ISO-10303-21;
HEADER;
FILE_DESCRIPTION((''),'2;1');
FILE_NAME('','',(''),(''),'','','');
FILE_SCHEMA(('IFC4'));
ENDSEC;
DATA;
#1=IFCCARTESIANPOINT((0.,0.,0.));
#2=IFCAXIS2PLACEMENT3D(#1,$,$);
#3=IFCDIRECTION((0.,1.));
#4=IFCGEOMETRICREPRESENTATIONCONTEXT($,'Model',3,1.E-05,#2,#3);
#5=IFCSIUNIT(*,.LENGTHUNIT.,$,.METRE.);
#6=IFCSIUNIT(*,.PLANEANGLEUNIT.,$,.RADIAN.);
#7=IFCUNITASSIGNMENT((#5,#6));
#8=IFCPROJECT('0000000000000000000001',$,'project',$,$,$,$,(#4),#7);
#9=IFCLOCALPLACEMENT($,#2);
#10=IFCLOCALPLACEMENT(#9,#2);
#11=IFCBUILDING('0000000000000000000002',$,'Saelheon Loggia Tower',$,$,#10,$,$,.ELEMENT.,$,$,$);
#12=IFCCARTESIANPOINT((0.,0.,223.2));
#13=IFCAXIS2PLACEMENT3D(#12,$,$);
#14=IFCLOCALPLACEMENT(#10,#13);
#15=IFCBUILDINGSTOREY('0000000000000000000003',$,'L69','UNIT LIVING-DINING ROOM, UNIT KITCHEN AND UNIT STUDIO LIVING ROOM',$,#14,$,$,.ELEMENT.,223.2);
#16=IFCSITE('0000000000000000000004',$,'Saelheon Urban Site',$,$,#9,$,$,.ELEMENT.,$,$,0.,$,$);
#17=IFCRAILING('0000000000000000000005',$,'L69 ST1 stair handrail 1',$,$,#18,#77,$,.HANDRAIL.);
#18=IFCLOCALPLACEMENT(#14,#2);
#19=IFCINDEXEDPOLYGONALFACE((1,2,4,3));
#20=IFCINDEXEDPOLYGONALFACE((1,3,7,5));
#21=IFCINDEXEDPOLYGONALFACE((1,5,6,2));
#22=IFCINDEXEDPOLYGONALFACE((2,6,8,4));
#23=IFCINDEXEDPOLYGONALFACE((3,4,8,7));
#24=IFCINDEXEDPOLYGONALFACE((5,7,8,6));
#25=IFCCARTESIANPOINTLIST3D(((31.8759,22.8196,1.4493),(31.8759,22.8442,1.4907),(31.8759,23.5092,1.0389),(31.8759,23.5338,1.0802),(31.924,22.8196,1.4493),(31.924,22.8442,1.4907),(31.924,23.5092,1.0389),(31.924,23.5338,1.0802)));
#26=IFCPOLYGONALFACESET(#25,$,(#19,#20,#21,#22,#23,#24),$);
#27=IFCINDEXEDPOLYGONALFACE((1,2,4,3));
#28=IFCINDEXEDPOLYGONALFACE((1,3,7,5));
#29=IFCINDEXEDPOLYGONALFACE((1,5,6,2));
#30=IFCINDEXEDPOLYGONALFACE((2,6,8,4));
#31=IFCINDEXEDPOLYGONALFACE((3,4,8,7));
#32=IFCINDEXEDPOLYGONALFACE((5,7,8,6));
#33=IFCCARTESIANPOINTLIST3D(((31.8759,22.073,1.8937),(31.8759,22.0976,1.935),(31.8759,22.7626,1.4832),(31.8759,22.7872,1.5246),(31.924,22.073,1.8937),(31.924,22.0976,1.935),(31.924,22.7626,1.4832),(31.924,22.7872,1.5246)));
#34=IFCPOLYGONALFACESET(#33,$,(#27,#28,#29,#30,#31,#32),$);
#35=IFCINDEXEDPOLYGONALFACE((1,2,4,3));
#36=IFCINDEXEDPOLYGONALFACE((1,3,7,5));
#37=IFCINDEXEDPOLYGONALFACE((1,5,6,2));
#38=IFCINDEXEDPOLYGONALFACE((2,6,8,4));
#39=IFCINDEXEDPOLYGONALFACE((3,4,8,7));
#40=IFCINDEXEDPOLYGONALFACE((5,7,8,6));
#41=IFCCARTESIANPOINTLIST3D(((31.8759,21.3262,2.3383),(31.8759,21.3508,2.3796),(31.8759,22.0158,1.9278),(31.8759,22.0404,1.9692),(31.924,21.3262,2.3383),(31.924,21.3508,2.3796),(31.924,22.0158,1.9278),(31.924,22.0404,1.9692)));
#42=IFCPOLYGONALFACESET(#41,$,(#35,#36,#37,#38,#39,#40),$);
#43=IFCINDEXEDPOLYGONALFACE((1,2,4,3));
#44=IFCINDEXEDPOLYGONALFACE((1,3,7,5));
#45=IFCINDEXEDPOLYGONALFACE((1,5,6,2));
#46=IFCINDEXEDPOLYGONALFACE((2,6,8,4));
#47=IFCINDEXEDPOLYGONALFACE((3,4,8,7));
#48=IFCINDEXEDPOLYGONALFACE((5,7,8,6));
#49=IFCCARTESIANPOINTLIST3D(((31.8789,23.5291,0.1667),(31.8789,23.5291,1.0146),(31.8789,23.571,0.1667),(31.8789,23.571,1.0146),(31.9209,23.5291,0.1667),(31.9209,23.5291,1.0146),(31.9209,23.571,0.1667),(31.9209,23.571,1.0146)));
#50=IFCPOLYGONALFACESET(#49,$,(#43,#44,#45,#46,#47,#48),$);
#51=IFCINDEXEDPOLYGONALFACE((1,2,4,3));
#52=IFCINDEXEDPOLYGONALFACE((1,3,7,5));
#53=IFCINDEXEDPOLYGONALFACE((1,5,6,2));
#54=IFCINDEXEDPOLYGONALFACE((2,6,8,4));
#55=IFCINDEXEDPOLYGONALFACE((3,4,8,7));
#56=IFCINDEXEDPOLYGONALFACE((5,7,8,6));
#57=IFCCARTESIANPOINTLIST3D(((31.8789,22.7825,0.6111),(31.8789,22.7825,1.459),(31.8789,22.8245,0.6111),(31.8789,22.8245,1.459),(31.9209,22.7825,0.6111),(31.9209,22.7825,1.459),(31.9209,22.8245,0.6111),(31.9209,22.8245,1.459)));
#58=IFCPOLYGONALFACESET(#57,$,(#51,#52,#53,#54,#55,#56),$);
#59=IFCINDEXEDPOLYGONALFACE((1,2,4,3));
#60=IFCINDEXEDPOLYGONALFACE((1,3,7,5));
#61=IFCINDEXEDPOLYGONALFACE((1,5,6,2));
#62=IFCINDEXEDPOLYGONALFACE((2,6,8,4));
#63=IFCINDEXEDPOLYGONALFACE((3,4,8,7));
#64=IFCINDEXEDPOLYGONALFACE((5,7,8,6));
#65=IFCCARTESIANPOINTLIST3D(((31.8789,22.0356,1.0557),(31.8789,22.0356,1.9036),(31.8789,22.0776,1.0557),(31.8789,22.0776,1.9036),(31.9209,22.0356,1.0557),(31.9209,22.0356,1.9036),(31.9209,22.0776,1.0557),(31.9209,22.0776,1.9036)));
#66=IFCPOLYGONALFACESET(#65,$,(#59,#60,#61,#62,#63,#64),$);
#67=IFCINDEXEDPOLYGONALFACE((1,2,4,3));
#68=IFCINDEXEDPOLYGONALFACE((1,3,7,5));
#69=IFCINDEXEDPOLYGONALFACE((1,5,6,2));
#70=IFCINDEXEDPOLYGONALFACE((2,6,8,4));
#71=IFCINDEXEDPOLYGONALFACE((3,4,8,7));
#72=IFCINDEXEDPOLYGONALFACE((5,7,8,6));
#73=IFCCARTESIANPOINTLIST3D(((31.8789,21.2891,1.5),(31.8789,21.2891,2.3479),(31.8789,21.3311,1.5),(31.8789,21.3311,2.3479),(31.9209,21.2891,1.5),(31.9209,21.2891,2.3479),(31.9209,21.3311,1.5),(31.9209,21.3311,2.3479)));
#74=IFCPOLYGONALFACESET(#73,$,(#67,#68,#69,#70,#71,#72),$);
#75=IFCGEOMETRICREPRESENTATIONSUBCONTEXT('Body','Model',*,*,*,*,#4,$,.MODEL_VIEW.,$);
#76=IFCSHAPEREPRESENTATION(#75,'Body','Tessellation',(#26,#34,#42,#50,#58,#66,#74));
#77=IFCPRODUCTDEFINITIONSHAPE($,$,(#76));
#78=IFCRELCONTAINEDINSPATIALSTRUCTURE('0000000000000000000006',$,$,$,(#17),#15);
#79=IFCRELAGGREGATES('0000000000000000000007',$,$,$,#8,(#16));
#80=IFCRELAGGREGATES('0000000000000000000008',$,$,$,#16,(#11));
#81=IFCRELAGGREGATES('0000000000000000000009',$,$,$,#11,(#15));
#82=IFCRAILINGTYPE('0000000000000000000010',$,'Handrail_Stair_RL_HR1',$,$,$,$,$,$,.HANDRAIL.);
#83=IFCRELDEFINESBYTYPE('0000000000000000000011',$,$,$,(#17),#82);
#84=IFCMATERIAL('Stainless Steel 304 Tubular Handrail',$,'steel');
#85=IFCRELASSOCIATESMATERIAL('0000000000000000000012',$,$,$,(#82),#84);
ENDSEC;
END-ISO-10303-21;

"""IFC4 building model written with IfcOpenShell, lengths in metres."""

from ifc_helpers import new_model, si_unit, direction, frame, origin, origin_2d, place, context, subcontext, project, spatial, rectangle, extrude, material, type_object, element, save


model = new_model("IFC4")

# Units and contexts
model_context = context("Model", 3, precision=1e-05, world=origin(), true_north=direction((0.0, 1.0)))
body_context = subcontext(model_context, "Body", "Model", "MODEL_VIEW")
ifc_project = project(units=[si_unit("LENGTHUNIT", "METRE"), si_unit("PLANEANGLEUNIT", "RADIAN")], contexts=[model_context])

# Site, building, storey
site_placement = place(None, origin())
site = spatial("IfcSite", under=ifc_project, at=site_placement, Name="Saelheon Urban Site", CompositionType="ELEMENT", RefElevation=0.0)
building_placement = place(site_placement, origin())
building = spatial("IfcBuilding", under=site, at=building_placement, Name="Saelheon Loggia Tower", CompositionType="ELEMENT")
storey_placement = place(building_placement, frame((0.0, 0.0, 223.2)))
storey = spatial("IfcBuildingStorey", under=building, at=storey_placement, Name="L69", Description="UNIT LIVING-DINING ROOM, UNIT KITCHEN AND UNIT STUDIO LIVING ROOM", CompositionType="ELEMENT", Elevation=223.2)

# Railing
ifc_material_1 = material(Name="Stainless Steel 304 Tubular Handrail", Category="steel")
railing_type_1 = type_object("IfcRailingType", Name="Handrail_Stair_RL_HR1", PredefinedType="HANDRAIL", material=ifc_material_1)
railing_1_placement = place(storey_placement, frame((31.8999, 23.55, 0.1667)))
element("IfcRailing", 1, at=railing_1_placement, inside=storey, type_object=railing_type_1, Name="L69 ST1 stair handrail 1", PredefinedType="HANDRAIL", context=body_context, shape_type="SweptSolid", body=[
    extrude(rectangle(XDim=0.0481, YDim=0.0481, at=origin_2d()), frame((0.0, -0.0286, 0.8928), z_axis=(0.0, -0.859306, 0.511462), x_axis=(1.0, 0.0, 0.0)), (0.0, 0.0, 1.0), 0.8025),
    extrude(rectangle(XDim=0.0481, YDim=0.0481, at=origin_2d()), frame((0.0, -0.7751, 1.3372), z_axis=(0.0, -0.859306, 0.511462), x_axis=(1.0, 0.0, 0.0)), (0.0, 0.0, 1.0), 0.8025),
    extrude(rectangle(XDim=0.0481, YDim=0.0481, at=origin_2d()), frame((0.0, -1.522, 1.7817), z_axis=(0.0, -0.859306, 0.511462), x_axis=(1.0, 0.0, 0.0)), (0.0, 0.0, 1.0), 0.8025),
    extrude(rectangle(XDim=0.042, YDim=0.042, at=origin_2d()), origin(), (0.0, 0.0, 1.0), 0.8479),
    extrude(rectangle(XDim=0.042, YDim=0.042, at=origin_2d()), frame((0.0, -0.7466, 0.4443)), (0.0, 0.0, 1.0), 0.8479),
    extrude(rectangle(XDim=0.042, YDim=0.042, at=origin_2d()), frame((0.0, -1.4934, 0.8889)), (0.0, 0.0, 1.0), 0.8479),
    extrude(rectangle(XDim=0.042, YDim=0.042, at=origin_2d()), frame((0.0, -2.24, 1.3333)), (0.0, 0.0, 1.0), 0.8479),
])

save(model, "model.ifc")
